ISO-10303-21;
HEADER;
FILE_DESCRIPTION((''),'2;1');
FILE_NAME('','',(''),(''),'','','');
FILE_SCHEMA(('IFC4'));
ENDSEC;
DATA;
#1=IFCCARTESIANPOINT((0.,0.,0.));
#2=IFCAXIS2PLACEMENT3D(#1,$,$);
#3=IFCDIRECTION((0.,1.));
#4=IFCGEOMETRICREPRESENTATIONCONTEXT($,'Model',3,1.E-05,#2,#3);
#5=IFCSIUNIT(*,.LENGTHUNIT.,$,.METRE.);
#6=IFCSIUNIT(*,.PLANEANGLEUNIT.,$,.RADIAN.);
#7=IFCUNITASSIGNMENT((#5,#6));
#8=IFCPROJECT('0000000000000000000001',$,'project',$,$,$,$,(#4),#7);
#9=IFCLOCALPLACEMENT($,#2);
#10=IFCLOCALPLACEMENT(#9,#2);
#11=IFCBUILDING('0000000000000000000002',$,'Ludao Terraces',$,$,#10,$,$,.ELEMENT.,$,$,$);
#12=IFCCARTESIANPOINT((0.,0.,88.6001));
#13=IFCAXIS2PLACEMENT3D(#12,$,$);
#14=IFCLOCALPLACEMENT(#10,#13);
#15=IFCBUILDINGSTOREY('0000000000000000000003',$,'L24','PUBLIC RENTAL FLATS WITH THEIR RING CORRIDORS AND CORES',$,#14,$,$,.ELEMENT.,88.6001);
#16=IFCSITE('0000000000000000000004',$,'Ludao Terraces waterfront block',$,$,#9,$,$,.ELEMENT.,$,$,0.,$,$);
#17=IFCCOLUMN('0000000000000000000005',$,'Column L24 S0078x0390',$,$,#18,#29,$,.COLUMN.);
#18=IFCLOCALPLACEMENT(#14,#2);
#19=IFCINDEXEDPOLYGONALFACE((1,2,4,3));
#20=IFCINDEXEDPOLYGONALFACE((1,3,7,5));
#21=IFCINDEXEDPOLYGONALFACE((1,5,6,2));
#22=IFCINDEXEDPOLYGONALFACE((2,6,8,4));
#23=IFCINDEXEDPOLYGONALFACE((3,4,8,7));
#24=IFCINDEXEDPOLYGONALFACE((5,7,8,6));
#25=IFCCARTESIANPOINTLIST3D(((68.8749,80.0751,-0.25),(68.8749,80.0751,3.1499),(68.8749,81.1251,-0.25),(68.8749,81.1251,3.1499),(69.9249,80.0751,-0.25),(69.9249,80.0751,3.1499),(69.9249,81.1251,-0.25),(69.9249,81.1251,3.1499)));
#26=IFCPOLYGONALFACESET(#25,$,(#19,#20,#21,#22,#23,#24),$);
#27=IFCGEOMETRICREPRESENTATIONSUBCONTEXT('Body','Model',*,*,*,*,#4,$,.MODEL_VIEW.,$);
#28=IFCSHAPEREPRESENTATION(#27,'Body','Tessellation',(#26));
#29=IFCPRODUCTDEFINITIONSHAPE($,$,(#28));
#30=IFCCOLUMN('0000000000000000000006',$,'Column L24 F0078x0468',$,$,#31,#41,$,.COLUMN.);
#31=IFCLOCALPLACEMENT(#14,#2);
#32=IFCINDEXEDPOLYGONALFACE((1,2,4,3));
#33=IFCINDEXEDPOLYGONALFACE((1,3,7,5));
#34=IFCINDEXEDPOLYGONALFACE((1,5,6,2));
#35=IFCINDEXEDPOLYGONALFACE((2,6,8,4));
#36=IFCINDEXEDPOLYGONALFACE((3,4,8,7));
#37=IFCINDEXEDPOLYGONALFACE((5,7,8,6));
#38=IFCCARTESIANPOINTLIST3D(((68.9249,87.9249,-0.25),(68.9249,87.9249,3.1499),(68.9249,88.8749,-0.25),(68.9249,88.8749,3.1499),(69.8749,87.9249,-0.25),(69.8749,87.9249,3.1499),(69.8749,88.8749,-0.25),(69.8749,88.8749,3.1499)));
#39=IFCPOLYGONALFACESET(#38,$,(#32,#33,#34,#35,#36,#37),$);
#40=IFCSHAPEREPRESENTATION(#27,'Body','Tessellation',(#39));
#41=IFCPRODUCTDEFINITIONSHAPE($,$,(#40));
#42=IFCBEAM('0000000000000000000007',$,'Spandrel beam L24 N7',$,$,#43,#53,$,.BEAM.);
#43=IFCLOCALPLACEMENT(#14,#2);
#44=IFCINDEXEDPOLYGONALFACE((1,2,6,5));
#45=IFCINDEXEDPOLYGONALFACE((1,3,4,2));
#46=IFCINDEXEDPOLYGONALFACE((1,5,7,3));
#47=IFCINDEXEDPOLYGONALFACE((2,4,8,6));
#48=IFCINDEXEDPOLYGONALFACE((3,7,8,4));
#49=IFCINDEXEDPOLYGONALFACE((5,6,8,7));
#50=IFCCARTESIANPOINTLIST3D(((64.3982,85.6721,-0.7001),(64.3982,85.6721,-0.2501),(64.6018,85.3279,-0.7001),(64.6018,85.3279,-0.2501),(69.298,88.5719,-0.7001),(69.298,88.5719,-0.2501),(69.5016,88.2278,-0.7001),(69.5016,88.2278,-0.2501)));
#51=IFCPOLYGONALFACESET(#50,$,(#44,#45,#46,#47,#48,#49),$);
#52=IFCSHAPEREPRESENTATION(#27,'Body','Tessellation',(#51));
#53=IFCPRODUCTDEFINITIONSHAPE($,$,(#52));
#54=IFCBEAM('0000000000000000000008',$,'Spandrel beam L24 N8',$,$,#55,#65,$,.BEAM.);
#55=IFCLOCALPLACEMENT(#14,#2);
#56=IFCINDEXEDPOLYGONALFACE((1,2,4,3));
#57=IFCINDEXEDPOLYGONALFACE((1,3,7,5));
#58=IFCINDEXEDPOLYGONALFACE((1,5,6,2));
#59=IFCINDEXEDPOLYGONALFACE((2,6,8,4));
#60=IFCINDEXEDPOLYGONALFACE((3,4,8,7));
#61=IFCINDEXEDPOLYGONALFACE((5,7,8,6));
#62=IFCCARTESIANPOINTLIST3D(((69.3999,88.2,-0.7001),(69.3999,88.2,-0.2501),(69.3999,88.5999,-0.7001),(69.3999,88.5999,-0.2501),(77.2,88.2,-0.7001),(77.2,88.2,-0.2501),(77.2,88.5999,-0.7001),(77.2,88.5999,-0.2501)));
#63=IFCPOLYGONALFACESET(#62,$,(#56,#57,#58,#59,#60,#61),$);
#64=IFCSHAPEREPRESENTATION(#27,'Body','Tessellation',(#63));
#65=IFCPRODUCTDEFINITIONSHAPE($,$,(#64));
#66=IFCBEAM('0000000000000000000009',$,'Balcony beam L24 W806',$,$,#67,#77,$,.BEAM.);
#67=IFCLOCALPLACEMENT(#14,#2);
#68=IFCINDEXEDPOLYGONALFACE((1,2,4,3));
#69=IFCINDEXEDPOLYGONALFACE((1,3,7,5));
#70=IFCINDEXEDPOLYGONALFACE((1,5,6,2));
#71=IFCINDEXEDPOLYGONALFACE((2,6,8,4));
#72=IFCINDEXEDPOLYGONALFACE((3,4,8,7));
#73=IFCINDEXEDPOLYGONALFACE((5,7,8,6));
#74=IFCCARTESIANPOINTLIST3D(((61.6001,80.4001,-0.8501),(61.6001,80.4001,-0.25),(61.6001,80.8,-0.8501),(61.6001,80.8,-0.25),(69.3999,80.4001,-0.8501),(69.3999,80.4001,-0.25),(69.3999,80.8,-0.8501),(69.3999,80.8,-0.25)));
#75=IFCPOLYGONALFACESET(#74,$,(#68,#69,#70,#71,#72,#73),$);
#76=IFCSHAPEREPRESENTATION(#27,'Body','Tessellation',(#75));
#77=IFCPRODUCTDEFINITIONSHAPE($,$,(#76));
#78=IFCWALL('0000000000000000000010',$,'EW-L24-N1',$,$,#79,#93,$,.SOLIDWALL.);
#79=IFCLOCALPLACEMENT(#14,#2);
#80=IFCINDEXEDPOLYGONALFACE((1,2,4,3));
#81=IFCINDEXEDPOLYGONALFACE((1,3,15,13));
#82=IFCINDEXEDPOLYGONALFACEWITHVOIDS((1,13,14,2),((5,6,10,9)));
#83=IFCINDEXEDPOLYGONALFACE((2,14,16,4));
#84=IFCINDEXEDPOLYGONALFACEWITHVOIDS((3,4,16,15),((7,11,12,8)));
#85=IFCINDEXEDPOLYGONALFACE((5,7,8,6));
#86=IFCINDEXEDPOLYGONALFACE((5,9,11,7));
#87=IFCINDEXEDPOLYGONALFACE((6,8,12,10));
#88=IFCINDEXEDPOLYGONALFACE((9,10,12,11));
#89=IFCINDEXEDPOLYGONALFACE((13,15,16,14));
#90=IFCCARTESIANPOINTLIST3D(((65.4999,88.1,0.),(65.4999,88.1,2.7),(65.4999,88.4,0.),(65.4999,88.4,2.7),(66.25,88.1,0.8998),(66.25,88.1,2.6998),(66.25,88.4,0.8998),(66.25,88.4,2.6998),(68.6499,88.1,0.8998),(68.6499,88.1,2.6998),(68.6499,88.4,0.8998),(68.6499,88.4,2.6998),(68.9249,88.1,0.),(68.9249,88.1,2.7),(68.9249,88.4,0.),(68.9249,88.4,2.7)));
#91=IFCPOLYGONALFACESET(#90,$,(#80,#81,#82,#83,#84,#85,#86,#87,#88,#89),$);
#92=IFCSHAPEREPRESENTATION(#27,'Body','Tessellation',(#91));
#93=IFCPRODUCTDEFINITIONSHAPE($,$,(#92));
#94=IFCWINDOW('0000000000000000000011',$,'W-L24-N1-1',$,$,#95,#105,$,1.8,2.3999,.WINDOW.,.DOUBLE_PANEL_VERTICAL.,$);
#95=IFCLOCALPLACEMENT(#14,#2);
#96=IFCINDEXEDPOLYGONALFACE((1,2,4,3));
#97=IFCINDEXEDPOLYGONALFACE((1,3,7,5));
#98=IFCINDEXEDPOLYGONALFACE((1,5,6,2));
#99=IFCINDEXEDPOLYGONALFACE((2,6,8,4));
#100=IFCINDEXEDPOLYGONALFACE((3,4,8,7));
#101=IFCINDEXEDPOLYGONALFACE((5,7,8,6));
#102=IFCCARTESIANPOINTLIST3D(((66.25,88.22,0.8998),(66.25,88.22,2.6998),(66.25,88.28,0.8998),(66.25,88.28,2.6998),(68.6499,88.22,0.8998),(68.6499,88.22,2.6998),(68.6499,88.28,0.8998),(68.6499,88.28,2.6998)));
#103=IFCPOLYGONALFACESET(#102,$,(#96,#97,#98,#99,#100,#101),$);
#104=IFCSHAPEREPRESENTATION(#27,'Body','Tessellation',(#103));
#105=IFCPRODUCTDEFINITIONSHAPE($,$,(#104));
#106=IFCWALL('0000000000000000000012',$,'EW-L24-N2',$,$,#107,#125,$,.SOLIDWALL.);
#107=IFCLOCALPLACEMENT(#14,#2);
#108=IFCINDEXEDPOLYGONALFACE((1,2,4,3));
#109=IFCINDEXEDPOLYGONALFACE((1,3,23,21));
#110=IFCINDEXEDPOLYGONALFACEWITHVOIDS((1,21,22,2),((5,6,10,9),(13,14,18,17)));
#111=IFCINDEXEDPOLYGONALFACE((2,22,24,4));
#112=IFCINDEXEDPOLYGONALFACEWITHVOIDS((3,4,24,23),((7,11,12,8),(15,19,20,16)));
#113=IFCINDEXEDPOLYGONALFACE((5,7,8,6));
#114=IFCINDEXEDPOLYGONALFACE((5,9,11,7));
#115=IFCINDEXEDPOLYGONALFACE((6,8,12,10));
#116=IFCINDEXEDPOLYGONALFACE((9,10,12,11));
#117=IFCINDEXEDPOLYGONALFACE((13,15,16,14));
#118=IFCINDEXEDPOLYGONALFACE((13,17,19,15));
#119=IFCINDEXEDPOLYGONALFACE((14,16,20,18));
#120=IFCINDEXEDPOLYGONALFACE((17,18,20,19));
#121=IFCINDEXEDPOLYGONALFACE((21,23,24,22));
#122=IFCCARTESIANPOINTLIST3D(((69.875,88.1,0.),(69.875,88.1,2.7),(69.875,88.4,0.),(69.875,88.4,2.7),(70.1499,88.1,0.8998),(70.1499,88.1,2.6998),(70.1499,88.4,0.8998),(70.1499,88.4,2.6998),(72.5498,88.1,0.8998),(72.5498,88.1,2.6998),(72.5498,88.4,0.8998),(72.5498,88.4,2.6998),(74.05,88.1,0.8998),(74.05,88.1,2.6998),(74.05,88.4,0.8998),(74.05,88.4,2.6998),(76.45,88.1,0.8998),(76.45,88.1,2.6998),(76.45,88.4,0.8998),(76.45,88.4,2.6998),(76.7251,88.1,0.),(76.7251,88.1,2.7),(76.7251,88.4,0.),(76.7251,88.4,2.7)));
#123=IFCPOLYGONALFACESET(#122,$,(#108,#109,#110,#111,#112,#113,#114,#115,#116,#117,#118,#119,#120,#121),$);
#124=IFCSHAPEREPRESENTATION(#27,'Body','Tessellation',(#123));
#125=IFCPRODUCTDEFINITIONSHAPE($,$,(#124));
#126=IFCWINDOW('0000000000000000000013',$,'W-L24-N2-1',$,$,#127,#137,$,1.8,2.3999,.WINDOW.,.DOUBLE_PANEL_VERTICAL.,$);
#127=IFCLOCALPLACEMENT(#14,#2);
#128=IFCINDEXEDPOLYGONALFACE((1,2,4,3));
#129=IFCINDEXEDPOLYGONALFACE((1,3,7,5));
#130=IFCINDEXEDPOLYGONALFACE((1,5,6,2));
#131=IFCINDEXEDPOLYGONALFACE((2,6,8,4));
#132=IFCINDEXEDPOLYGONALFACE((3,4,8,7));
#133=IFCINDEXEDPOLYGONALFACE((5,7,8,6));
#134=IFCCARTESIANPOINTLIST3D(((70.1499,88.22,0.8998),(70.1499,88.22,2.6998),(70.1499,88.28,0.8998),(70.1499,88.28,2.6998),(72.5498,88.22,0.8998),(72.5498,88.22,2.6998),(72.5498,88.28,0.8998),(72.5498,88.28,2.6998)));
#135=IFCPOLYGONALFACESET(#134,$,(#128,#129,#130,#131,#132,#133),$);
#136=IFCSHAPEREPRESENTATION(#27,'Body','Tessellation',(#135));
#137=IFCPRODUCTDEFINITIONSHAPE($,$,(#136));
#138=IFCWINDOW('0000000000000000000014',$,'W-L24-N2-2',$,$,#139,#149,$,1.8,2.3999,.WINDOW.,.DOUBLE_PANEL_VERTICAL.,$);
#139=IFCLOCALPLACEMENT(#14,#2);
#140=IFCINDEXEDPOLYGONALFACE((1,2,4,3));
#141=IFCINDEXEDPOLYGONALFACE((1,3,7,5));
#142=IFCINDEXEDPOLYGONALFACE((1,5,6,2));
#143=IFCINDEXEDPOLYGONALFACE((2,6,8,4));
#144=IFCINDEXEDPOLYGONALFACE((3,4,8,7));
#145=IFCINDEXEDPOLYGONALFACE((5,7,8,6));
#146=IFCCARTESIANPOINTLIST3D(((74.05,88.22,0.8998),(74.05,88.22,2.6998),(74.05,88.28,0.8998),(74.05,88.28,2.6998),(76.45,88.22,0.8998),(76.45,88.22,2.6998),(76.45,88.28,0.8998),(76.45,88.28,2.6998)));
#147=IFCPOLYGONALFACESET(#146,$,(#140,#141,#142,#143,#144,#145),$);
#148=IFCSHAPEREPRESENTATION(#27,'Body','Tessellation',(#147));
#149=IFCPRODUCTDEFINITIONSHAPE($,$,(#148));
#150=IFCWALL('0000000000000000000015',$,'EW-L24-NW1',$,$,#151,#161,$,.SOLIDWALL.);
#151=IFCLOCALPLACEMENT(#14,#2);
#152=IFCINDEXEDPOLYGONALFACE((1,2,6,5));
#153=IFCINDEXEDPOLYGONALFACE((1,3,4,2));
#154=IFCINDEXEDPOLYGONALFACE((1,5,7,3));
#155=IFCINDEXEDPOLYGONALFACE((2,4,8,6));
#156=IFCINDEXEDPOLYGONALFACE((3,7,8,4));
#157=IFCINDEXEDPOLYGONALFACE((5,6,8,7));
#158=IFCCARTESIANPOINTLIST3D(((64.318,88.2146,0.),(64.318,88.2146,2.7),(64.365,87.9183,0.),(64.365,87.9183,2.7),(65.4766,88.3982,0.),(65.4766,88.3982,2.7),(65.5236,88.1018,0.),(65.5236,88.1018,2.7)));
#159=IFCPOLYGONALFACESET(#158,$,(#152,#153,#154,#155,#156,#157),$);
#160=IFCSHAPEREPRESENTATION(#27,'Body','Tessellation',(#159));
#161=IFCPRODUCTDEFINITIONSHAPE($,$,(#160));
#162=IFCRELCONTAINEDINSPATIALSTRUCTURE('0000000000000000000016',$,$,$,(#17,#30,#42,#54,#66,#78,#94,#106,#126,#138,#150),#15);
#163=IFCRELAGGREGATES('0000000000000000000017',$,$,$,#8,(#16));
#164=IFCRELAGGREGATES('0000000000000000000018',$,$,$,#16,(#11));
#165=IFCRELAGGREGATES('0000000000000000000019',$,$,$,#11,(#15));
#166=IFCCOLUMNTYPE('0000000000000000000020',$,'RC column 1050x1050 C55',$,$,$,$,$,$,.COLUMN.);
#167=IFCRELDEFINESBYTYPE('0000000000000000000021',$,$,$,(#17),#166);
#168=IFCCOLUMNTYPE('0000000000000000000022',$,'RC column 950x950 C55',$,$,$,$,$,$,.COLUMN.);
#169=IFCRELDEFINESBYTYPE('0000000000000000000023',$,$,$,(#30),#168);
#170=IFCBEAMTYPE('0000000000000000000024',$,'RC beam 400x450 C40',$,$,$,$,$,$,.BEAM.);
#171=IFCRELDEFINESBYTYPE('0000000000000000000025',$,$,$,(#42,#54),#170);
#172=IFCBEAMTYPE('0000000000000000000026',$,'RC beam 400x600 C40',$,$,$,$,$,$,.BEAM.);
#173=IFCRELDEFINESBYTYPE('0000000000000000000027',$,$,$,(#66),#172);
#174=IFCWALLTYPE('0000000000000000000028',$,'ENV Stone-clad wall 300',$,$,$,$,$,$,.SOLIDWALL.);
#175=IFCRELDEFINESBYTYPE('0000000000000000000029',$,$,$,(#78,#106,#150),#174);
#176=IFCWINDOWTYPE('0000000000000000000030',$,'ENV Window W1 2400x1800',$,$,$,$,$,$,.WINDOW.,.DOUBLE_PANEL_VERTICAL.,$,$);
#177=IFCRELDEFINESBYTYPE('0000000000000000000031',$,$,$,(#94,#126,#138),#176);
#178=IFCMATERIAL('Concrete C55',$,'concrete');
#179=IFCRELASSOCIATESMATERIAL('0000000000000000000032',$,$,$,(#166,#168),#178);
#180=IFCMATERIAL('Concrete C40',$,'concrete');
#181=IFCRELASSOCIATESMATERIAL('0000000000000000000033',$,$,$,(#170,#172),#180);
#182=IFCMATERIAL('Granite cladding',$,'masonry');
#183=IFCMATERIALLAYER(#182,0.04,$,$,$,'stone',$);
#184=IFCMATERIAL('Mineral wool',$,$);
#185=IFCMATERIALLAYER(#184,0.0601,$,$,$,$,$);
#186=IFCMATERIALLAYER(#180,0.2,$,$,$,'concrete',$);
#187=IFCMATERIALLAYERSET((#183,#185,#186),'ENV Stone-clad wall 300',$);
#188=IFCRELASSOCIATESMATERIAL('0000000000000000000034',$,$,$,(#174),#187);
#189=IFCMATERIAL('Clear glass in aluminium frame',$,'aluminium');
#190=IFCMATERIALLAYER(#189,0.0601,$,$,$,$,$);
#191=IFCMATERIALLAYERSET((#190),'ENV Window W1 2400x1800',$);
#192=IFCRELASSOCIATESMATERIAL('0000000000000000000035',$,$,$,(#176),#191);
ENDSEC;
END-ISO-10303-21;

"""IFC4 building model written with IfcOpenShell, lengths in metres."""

from ifc_helpers import new_model, si_unit, direction, frame, frame_2d, origin, origin_2d, place, context, subcontext, project, spatial, rectangle, extrude, material, layer, layer_set, material_profile, profile_set, type_object, element, fill, save


model = new_model("IFC4")

# Units and contexts
model_context = context("Model", 3, precision=1e-05, world=origin(), true_north=direction((0.0, 1.0)))
body_context = subcontext(model_context, "Body", "Model", "MODEL_VIEW")
ifc_project = project(units=[si_unit("LENGTHUNIT", "METRE"), si_unit("PLANEANGLEUNIT", "RADIAN")], contexts=[model_context])

# Site, building, storey
site_placement = place(None, origin())
site = spatial("IfcSite", under=ifc_project, at=site_placement, Name="Ludao Terraces waterfront block", CompositionType="ELEMENT", RefElevation=0.0)
building_placement = place(site_placement, origin())
building = spatial("IfcBuilding", under=site, at=building_placement, Name="Ludao Terraces", CompositionType="ELEMENT")
storey_placement = place(building_placement, frame((0.0, 0.0, 88.6001)))
storey = spatial("IfcBuildingStorey", under=building, at=storey_placement, Name="L24", Description="PUBLIC RENTAL FLATS WITH THEIR RING CORRIDORS AND CORES", CompositionType="ELEMENT", Elevation=88.6001)

# Columns
ifc_material_1 = material(Name="Concrete C55", Category="concrete")
ifc_material_profile_1 = material_profile(ifc_material_1, rectangle(XDim=1.05, YDim=1.05, at=origin_2d()), Name="1050 X 1050")
ifc_profile_set_1 = profile_set([ifc_material_profile_1], Name="Concrete C55")
column_type_1 = type_object("IfcColumnType", Name="RC column 1050x1050 C55", PredefinedType="COLUMN", material=ifc_profile_set_1)
column_1_placement = place(storey_placement, frame((69.3999, 80.6001, -0.25), z_axis=(0.0, 0.0, 1.0), x_axis=(1.0, 0.0, 0.0)))
element("IfcColumn", 1, at=column_1_placement, inside=storey, type_object=column_type_1, Name="Column L24 S0078x0390", PredefinedType="COLUMN", context=body_context, shape_type="SweptSolid", body=[
    extrude(rectangle(XDim=1.05, YDim=1.05, at=origin_2d()), origin(), (0.0, 0.0, 1.0), 3.3999),
])
ifc_material_profile_2 = material_profile(ifc_material_1, rectangle(XDim=0.95, YDim=0.95, at=origin_2d()), Name="950 X 950")
ifc_profile_set_2 = profile_set([ifc_material_profile_2], Name="Concrete C55")
column_type_2 = type_object("IfcColumnType", Name="RC column 950x950 C55", PredefinedType="COLUMN", material=ifc_profile_set_2)
column_2_placement = place(storey_placement, frame((69.3999, 88.3999, -0.25), z_axis=(0.0, 0.0, 1.0), x_axis=(1.0, 0.0, 0.0)))
element("IfcColumn", 2, at=column_2_placement, inside=storey, type_object=column_type_2, Name="Column L24 F0078x0468", PredefinedType="COLUMN", context=body_context, shape_type="SweptSolid", body=[
    extrude(rectangle(XDim=0.95, YDim=0.95, at=origin_2d()), origin(), (0.0, 0.0, 1.0), 3.3999),
])

# Beams
ifc_material_2 = material(Name="Concrete C40", Category="concrete")
ifc_material_profile_3 = material_profile(ifc_material_2, rectangle(XDim=0.3999, YDim=0.45, at=origin_2d()), Name="400 X 450")
ifc_profile_set_3 = profile_set([ifc_material_profile_3], Name="Concrete C40")
beam_type_1 = type_object("IfcBeamType", Name="RC beam 400x450 C40", PredefinedType="BEAM", material=ifc_profile_set_3)
beam_1_placement = place(storey_placement, frame((64.5, 85.5, -0.4751), z_axis=(0.86058, 0.509316, 0.0), x_axis=(-0.509316, 0.86058, 0.0)))
element("IfcBeam", 3, at=beam_1_placement, inside=storey, type_object=beam_type_1, Name="Spandrel beam L24 N7", PredefinedType="BEAM", context=body_context, shape_type="SweptSolid", body=[
    extrude(rectangle(XDim=0.3999, YDim=0.45, at=origin_2d()), origin(), (0.0, 0.0, 1.0), 5.6936),
])
beam_2_placement = place(storey_placement, frame((69.3999, 88.3999, -0.4751), z_axis=(1.0, 0.0, 0.0), x_axis=(0.0, 1.0, 0.0)))
element("IfcBeam", 4, at=beam_2_placement, inside=storey, type_object=beam_type_1, Name="Spandrel beam L24 N8", PredefinedType="BEAM", context=body_context, shape_type="SweptSolid", body=[
    extrude(rectangle(XDim=0.3999, YDim=0.45, at=origin_2d()), origin(), (0.0, 0.0, 1.0), 7.8),
])
ifc_material_profile_4 = material_profile(ifc_material_2, rectangle(XDim=0.3999, YDim=0.6001, at=origin_2d()), Name="400 X 600")
ifc_profile_set_4 = profile_set([ifc_material_profile_4], Name="Concrete C40")
beam_type_2 = type_object("IfcBeamType", Name="RC beam 400x600 C40", PredefinedType="BEAM", material=ifc_profile_set_4)
beam_3_placement = place(storey_placement, frame((69.3999, 80.6001, -0.55), z_axis=(-1.0, 0.0, 0.0), x_axis=(0.0, -1.0, 0.0)))
element("IfcBeam", 5, at=beam_3_placement, inside=storey, type_object=beam_type_2, Name="Balcony beam L24 W806", PredefinedType="BEAM", context=body_context, shape_type="SweptSolid", body=[
    extrude(rectangle(XDim=0.3999, YDim=0.6001, at=origin_2d()), origin(), (0.0, 0.0, 1.0), 7.7998),
])

# Wall, opening, window
ifc_material_3 = material(Name="Granite cladding", Category="masonry")
ifc_layer_1 = layer(ifc_material_3, 0.04, Category="stone")
ifc_material_4 = material(Name="Mineral wool")
ifc_layer_2 = layer(ifc_material_4, 0.0601)
ifc_layer_3 = layer(ifc_material_2, 0.2, Category="concrete")
ifc_layer_set_1 = layer_set([ifc_layer_1, ifc_layer_2, ifc_layer_3], Name="ENV Stone-clad wall 300")
wall_type_1 = type_object("IfcWallType", Name="ENV Stone-clad wall 300", PredefinedType="SOLIDWALL", material=ifc_layer_set_1)
wall_1_placement = place(storey_placement, frame((65.5, 88.25, 0.0), z_axis=(0.0, 0.0, 1.0), x_axis=(1.0, 0.0, 0.0)))
wall_1 = element("IfcWall", 6, at=wall_1_placement, inside=storey, type_object=wall_type_1, Name="EW-L24-N1", PredefinedType="SOLIDWALL", context=body_context, shape_type="SweptSolid", body=[
    extrude(rectangle(XDim=3.425, YDim=0.3, at=frame_2d((1.7124, 0.0))), origin(), (0.0, 0.0, 1.0), 2.7),
])
opening_1_placement = place(wall_1_placement, frame((0.75, 0.0, 0.8999)))
opening_1 = element("IfcOpeningElement", 7, at=opening_1_placement, cuts=wall_1, PredefinedType="OPENING", context=body_context, shape_type="SweptSolid", body=[
    extrude(rectangle(XDim=2.3999, YDim=1.8, at=frame_2d((1.2, 0.8999))), frame((0.0, 0.1602, 0.0), z_axis=(0.0, -1.0, 0.0), x_axis=(1.0, 0.0, 0.0)), (0.0, 0.0, 1.0), 0.3201),
])
ifc_material_5 = material(Name="Clear glass in aluminium frame", Category="aluminium")
ifc_layer_4 = layer(ifc_material_5, 0.0601)
ifc_layer_set_2 = layer_set([ifc_layer_4], Name="ENV Window W1 2400x1800")
window_type = type_object("IfcWindowType", Name="ENV Window W1 2400x1800", PartitioningType="DOUBLE_PANEL_VERTICAL", PredefinedType="WINDOW", material=ifc_layer_set_2)
window_1_placement = place(opening_1_placement, origin())
window_1 = element("IfcWindow", 8, at=window_1_placement, inside=storey, type_object=window_type, Name="W-L24-N1-1", OverallHeight=1.8, OverallWidth=2.3999, PartitioningType="DOUBLE_PANEL_VERTICAL", PredefinedType="WINDOW", context=body_context, shape_type="SweptSolid", body=[
    extrude(rectangle(XDim=2.3999, YDim=1.8, at=frame_2d((1.2, 0.8999))), frame((0.0, 0.03, 0.0), z_axis=(0.0, -1.0, 0.0), x_axis=(1.0, 0.0, 0.0)), (0.0, 0.0, 1.0), 0.0601),
])
fill(opening_1, window_1)

# Wall, openings, windows
wall_2_placement = place(storey_placement, frame((69.875, 88.25, 0.0), z_axis=(0.0, 0.0, 1.0), x_axis=(1.0, 0.0, 0.0)))
wall_2 = element("IfcWall", 9, at=wall_2_placement, inside=storey, type_object=wall_type_1, Name="EW-L24-N2", PredefinedType="SOLIDWALL", context=body_context, shape_type="SweptSolid", body=[
    extrude(rectangle(XDim=6.8501, YDim=0.3, at=frame_2d((3.425, 0.0))), origin(), (0.0, 0.0, 1.0), 2.7),
])
opening_2_placement = place(wall_2_placement, frame((0.2749, 0.0, 0.8999)))
opening_2 = element("IfcOpeningElement", 10, at=opening_2_placement, cuts=wall_2, PredefinedType="OPENING", context=body_context, shape_type="SweptSolid", body=[
    extrude(rectangle(XDim=2.3999, YDim=1.8, at=frame_2d((1.2, 0.8999))), frame((0.0, 0.1602, 0.0), z_axis=(0.0, -1.0, 0.0), x_axis=(1.0, 0.0, 0.0)), (0.0, 0.0, 1.0), 0.3201),
])
opening_3_placement = place(wall_2_placement, frame((4.175, 0.0, 0.8999)))
opening_3 = element("IfcOpeningElement", 11, at=opening_3_placement, cuts=wall_2, PredefinedType="OPENING", context=body_context, shape_type="SweptSolid", body=[
    extrude(rectangle(XDim=2.3999, YDim=1.8, at=frame_2d((1.2, 0.8999))), frame((0.0, 0.1602, 0.0), z_axis=(0.0, -1.0, 0.0), x_axis=(1.0, 0.0, 0.0)), (0.0, 0.0, 1.0), 0.3201),
])
window_2_placement = place(opening_2_placement, origin())
window_2 = element("IfcWindow", 12, at=window_2_placement, inside=storey, type_object=window_type, Name="W-L24-N2-1", OverallHeight=1.8, OverallWidth=2.3999, PartitioningType="DOUBLE_PANEL_VERTICAL", PredefinedType="WINDOW", context=body_context, shape_type="SweptSolid", body=[
    extrude(rectangle(XDim=2.3999, YDim=1.8, at=frame_2d((1.2, 0.8999))), frame((0.0, 0.03, 0.0), z_axis=(0.0, -1.0, 0.0), x_axis=(1.0, 0.0, 0.0)), (0.0, 0.0, 1.0), 0.0601),
])
fill(opening_2, window_2)
window_3_placement = place(opening_3_placement, origin())
window_3 = element("IfcWindow", 13, at=window_3_placement, inside=storey, type_object=window_type, Name="W-L24-N2-2", OverallHeight=1.8, OverallWidth=2.3999, PartitioningType="DOUBLE_PANEL_VERTICAL", PredefinedType="WINDOW", context=body_context, shape_type="SweptSolid", body=[
    extrude(rectangle(XDim=2.3999, YDim=1.8, at=frame_2d((1.2, 0.8999))), frame((0.0, 0.03, 0.0), z_axis=(0.0, -1.0, 0.0), x_axis=(1.0, 0.0, 0.0)), (0.0, 0.0, 1.0), 0.0601),
])
fill(opening_3, window_3)

# Wall
wall_3_placement = place(storey_placement, frame((65.5, 88.25, 0.0), z_axis=(0.0, 0.0, 1.0), x_axis=(-0.987678, -0.156497, 0.0)))
element("IfcWall", 14, at=wall_3_placement, inside=storey, type_object=wall_type_1, Name="EW-L24-NW1", PredefinedType="SOLIDWALL", context=body_context, shape_type="SweptSolid", body=[
    extrude(rectangle(XDim=1.1731, YDim=0.3, at=frame_2d((0.5864, 0.0))), origin(), (0.0, 0.0, 1.0), 2.7),
])

save(model, "model.ifc")
